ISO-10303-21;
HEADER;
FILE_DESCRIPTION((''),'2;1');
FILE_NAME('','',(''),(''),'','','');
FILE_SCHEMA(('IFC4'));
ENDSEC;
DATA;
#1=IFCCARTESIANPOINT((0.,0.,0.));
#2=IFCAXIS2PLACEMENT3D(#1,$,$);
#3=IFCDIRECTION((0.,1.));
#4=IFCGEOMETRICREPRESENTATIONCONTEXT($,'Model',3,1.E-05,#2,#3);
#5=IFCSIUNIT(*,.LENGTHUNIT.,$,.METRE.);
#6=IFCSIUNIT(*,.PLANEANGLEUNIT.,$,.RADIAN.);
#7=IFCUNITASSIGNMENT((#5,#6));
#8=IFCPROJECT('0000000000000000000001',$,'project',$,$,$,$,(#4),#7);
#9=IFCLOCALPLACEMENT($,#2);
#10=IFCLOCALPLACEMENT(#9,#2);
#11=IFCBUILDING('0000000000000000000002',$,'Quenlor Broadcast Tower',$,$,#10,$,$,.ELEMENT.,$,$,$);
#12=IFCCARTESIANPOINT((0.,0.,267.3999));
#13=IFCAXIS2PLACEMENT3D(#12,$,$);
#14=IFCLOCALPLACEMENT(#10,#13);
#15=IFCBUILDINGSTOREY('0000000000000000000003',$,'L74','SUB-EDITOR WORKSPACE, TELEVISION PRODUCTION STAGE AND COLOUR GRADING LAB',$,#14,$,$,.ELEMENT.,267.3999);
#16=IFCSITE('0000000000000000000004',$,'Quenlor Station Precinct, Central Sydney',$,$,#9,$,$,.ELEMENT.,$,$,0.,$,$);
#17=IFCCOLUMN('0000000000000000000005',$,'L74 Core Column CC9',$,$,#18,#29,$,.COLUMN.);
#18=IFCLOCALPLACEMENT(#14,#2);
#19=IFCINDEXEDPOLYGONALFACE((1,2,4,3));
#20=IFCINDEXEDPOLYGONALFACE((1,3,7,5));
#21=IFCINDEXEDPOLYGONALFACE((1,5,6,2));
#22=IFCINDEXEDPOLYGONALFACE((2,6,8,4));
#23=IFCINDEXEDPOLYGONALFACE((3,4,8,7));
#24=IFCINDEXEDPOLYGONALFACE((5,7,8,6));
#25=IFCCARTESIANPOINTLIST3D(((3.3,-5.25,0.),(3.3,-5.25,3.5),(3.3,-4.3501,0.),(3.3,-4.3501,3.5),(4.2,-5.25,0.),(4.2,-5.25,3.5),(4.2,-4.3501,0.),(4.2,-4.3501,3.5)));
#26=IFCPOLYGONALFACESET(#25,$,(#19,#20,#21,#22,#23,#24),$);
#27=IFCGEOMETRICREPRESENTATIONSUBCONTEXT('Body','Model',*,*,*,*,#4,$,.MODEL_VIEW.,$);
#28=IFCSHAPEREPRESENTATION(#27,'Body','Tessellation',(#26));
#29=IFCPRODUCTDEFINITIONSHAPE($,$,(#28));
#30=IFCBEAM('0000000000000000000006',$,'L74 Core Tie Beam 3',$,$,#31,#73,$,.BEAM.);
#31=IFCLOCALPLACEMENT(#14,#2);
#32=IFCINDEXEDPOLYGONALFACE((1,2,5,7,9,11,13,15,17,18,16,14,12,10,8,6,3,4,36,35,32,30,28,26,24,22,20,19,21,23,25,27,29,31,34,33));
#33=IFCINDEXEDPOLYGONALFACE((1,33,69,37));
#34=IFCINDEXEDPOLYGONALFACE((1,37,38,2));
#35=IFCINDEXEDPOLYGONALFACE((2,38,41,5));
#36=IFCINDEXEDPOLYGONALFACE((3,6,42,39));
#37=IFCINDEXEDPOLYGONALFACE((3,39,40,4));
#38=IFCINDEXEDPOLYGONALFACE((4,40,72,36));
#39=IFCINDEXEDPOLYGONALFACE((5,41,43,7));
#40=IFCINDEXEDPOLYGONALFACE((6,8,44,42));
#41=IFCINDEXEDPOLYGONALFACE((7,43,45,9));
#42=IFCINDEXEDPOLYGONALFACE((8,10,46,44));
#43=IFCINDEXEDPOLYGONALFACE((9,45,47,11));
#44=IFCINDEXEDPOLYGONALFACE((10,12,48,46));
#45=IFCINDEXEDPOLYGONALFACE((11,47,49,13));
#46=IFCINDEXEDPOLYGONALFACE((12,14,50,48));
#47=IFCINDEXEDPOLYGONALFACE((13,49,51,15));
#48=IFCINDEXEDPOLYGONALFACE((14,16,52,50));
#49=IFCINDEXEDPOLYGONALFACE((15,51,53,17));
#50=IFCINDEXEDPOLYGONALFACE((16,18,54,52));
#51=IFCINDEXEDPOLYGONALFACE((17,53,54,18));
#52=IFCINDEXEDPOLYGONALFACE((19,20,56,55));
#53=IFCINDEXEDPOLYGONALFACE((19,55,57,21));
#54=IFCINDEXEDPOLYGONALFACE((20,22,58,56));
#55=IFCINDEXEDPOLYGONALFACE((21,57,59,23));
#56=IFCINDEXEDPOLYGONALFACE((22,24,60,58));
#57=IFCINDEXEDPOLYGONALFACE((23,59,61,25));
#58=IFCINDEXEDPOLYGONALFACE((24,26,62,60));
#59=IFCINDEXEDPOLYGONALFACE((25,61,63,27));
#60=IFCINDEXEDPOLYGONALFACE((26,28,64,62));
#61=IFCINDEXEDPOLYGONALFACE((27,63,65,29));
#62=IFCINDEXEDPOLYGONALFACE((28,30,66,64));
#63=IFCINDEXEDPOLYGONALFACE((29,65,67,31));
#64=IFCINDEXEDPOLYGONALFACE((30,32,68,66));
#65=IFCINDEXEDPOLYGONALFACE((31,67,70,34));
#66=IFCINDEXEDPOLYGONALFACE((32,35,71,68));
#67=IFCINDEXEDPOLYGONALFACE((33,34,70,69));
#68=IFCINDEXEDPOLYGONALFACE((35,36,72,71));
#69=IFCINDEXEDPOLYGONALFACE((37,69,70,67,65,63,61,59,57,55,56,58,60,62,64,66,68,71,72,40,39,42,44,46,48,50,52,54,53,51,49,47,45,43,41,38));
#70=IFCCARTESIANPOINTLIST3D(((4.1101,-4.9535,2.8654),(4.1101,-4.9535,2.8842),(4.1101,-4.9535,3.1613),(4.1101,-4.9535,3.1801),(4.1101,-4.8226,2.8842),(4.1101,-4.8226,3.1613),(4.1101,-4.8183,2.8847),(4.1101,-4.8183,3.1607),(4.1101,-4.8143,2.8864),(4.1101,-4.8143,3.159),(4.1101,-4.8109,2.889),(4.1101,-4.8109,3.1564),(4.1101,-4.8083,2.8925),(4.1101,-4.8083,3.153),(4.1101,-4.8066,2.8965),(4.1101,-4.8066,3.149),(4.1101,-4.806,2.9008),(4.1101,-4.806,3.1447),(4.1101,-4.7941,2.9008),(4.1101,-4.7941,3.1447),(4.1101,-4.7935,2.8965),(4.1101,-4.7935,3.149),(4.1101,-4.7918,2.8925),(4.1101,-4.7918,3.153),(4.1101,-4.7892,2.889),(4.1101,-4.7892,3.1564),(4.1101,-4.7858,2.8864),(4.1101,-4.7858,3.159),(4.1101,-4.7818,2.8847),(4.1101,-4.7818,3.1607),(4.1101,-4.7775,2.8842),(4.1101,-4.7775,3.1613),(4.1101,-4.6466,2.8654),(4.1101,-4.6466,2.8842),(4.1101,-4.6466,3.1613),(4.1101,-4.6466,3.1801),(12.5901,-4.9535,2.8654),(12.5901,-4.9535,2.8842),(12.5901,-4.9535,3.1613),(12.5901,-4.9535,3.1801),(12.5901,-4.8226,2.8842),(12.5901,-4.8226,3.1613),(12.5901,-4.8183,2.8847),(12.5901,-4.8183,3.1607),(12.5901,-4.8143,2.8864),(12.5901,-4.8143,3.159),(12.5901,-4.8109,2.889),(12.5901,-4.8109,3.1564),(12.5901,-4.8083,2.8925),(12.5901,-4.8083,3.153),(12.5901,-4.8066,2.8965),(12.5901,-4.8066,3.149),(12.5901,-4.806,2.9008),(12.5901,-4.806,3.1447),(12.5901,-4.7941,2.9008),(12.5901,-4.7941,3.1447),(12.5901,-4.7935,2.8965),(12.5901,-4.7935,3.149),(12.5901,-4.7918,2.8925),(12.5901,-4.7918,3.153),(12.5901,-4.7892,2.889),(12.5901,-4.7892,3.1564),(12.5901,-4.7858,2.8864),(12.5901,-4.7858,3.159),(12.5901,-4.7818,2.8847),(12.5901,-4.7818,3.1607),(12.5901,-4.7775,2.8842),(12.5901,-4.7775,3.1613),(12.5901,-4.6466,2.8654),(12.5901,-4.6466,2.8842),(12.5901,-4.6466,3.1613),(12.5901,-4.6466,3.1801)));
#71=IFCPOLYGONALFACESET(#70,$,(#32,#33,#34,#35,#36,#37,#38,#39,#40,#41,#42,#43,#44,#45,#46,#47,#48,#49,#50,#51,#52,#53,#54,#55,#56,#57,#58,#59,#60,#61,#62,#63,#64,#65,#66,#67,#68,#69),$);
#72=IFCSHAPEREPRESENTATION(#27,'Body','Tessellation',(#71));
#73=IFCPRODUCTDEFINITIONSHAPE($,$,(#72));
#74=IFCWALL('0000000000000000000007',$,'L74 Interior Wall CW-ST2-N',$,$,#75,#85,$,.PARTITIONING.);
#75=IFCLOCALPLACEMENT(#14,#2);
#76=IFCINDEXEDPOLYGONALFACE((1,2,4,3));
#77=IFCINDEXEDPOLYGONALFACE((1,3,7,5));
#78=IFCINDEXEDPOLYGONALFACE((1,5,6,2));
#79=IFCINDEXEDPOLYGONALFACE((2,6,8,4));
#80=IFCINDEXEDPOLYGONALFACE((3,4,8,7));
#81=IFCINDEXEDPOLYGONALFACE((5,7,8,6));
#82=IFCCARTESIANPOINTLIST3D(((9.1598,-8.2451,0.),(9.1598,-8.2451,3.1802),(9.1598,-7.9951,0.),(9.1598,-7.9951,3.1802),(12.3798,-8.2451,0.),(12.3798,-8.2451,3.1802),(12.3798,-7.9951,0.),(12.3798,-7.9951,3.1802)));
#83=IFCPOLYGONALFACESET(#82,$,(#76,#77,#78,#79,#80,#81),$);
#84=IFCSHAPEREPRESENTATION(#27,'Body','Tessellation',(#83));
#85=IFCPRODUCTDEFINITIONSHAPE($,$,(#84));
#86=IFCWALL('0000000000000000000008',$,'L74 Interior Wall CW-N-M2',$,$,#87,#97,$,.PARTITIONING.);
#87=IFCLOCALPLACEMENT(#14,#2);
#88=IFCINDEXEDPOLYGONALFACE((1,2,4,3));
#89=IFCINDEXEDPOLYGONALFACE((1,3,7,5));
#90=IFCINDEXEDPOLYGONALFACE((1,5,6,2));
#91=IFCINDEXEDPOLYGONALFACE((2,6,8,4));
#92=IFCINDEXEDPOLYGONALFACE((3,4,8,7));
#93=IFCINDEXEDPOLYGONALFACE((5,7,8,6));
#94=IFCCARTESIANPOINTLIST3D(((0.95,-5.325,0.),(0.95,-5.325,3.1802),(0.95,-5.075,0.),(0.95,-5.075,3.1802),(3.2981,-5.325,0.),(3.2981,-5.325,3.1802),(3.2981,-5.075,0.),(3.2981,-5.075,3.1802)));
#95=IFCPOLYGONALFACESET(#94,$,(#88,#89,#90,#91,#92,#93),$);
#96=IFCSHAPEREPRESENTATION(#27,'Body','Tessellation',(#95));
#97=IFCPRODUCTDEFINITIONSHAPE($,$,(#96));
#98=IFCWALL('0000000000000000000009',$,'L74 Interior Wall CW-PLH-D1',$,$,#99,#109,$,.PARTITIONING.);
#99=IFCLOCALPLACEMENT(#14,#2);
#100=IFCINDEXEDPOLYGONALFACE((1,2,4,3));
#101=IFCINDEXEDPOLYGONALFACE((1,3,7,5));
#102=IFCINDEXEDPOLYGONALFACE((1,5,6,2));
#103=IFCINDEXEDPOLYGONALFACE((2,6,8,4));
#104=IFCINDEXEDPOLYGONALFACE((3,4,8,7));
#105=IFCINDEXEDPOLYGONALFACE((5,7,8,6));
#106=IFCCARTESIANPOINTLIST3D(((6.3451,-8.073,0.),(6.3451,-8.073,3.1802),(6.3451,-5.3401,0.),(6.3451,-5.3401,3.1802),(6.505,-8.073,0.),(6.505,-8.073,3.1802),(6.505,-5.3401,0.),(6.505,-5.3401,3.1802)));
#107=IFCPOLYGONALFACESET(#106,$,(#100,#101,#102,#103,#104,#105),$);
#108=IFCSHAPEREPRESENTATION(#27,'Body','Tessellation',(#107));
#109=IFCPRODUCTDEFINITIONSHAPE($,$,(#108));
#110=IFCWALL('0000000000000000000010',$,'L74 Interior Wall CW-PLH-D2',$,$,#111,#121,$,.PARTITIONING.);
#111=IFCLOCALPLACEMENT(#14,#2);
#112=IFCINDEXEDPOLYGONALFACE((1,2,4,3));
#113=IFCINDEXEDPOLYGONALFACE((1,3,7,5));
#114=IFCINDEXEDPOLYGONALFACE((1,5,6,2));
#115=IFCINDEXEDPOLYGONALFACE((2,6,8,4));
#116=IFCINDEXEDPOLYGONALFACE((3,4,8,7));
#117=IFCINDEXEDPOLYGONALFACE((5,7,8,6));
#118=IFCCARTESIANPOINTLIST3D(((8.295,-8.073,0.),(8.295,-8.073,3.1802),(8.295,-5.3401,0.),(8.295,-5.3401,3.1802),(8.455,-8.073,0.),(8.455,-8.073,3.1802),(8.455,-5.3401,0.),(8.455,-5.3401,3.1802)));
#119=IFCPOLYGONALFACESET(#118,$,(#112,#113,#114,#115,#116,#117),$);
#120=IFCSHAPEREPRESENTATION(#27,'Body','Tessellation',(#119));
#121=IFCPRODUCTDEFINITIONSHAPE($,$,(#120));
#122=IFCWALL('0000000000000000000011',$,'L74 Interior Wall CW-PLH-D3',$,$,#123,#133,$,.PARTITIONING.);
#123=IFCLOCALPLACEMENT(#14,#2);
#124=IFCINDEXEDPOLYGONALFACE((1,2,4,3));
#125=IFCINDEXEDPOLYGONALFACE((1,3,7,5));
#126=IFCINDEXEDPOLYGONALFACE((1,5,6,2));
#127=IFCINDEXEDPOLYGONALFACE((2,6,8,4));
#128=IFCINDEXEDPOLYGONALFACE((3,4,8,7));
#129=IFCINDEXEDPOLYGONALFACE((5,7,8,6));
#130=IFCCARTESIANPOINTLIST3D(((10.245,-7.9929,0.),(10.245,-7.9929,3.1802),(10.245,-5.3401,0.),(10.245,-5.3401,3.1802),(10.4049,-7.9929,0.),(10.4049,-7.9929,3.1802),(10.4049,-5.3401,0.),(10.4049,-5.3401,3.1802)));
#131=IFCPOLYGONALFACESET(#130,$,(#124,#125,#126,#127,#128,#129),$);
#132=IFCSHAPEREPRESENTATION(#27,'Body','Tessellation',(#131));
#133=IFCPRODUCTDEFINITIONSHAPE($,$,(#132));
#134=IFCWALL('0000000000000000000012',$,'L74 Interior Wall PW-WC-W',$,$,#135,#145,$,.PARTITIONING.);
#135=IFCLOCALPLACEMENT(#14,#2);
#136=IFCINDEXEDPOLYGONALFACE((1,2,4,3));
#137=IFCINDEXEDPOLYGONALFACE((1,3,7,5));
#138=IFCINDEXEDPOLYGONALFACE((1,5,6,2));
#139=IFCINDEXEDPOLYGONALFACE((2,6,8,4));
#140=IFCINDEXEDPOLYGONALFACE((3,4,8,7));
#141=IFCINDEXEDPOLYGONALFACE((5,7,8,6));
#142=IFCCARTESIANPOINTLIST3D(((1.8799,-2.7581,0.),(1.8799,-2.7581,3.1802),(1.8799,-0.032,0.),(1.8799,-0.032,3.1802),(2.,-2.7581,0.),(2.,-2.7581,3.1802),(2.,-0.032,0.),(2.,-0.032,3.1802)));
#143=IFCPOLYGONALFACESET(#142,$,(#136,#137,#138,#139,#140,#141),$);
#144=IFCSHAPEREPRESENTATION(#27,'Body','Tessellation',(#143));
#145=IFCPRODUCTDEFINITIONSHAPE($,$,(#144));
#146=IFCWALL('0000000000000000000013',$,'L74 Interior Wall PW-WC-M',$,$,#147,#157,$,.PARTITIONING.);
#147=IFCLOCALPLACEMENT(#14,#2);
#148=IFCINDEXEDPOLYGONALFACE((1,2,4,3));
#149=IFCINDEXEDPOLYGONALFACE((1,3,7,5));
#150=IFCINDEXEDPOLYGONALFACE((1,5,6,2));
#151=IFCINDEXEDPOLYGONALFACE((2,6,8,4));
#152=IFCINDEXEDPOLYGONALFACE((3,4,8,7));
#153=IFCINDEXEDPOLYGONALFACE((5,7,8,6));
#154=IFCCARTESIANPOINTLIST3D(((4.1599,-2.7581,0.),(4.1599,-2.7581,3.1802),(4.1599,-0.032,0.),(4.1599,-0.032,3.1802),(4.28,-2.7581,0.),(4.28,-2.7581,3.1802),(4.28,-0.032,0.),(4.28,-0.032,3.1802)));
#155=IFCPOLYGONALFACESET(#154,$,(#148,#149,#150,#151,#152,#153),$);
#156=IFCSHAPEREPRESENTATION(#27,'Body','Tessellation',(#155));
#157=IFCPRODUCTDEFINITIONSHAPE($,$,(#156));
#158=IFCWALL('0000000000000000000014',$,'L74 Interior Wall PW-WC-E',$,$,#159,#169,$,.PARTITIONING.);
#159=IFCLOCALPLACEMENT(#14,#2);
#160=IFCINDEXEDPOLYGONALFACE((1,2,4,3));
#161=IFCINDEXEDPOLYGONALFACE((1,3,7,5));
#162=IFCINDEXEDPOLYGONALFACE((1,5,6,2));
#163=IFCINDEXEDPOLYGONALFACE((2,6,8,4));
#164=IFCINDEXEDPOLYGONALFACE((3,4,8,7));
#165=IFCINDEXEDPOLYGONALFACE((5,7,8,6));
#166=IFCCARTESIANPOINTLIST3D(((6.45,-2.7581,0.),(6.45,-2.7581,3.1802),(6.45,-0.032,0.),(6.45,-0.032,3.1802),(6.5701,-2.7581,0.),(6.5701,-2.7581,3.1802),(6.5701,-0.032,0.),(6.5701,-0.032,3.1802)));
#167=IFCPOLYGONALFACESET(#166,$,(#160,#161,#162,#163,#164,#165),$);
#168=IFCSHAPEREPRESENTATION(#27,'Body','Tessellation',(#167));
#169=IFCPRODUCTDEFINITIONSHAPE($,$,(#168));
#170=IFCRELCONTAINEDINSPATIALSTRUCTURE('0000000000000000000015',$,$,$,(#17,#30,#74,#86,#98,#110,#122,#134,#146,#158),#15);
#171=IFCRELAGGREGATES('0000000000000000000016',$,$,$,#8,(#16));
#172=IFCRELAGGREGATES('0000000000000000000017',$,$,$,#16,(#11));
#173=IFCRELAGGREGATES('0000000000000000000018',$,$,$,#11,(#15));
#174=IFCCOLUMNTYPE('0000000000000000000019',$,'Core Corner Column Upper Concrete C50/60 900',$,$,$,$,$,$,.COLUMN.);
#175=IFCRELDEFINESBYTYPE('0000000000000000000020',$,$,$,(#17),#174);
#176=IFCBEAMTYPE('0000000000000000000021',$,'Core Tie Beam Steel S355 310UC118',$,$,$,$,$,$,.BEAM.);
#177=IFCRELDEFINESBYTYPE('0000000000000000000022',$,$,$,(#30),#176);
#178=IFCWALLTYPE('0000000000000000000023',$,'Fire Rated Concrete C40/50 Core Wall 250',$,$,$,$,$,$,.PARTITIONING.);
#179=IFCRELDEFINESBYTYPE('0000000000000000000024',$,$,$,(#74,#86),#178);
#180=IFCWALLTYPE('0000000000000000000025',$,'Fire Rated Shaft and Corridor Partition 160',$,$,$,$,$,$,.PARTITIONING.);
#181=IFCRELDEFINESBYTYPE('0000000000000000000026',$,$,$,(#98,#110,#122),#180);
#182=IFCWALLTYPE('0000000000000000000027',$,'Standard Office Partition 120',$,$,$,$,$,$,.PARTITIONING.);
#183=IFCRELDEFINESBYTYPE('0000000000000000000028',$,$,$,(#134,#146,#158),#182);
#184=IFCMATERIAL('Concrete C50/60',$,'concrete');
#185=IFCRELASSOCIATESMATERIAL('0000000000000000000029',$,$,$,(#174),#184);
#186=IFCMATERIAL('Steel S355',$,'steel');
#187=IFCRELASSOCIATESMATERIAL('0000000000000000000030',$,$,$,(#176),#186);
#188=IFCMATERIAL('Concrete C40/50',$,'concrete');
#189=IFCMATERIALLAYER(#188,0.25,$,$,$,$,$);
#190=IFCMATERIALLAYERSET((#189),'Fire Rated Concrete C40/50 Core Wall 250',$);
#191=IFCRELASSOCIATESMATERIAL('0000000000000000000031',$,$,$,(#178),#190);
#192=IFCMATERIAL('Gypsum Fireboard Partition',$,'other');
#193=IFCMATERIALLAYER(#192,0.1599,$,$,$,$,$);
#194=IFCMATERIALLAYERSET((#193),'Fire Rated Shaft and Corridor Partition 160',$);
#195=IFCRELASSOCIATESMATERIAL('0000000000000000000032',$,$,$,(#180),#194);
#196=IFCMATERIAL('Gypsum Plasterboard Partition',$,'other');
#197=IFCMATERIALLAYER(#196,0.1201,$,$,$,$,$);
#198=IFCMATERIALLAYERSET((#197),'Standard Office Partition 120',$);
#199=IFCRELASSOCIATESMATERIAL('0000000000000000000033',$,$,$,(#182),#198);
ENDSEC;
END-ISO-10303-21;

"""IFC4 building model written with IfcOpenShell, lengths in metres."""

from ifc_helpers import new_model, si_unit, direction, frame, frame_2d, origin, origin_2d, place, context, subcontext, project, spatial, rectangle, i_section, extrude, material, layer, layer_set, material_profile, profile_set, type_object, element, save


model = new_model("IFC4")

# Units and contexts
model_context = context("Model", 3, precision=1e-05, world=origin(), true_north=direction((0.0, 1.0)))
body_context = subcontext(model_context, "Body", "Model", "MODEL_VIEW")
ifc_project = project(units=[si_unit("LENGTHUNIT", "METRE"), si_unit("PLANEANGLEUNIT", "RADIAN")], contexts=[model_context])

# Site, building, storey
site_placement = place(None, origin())
site = spatial("IfcSite", under=ifc_project, at=site_placement, Name="Quenlor Station Precinct, Central Sydney", CompositionType="ELEMENT", RefElevation=0.0)
building_placement = place(site_placement, origin())
building = spatial("IfcBuilding", under=site, at=building_placement, Name="Quenlor Broadcast Tower", CompositionType="ELEMENT")
storey_placement = place(building_placement, frame((0.0, 0.0, 267.3999)))
storey = spatial("IfcBuildingStorey", under=building, at=storey_placement, Name="L74", Description="SUB-EDITOR WORKSPACE, TELEVISION PRODUCTION STAGE AND COLOUR GRADING LAB", CompositionType="ELEMENT", Elevation=267.3999)

# Column
ifc_material_1 = material(Name="Concrete C50/60", Category="concrete")
ifc_material_profile_1 = material_profile(ifc_material_1, rectangle(XDim=0.8999, YDim=0.8999, at=origin_2d()))
ifc_profile_set_1 = profile_set([ifc_material_profile_1], Name="Concrete C50/60 RC900x900")
column_type = type_object("IfcColumnType", Name="Core Corner Column Upper Concrete C50/60 900", PredefinedType="COLUMN", material=ifc_profile_set_1)
column_placement = place(storey_placement, frame((3.75, -4.8, 0.0), z_axis=(0.0, 0.0, 1.0), x_axis=(1.0, 0.0, 0.0)))
element("IfcColumn", 1, at=column_placement, inside=storey, type_object=column_type, Name="L74 Core Column CC9", PredefinedType="COLUMN", context=body_context, shape_type="SweptSolid", body=[
    extrude(rectangle(XDim=0.8999, YDim=0.8999, at=origin_2d()), origin(), (0.0, 0.0, 1.0), 3.5),
])

# Beam
ifc_material_2 = material(Name="Steel S355", Category="steel")
ifc_material_profile_2 = material_profile(ifc_material_2, i_section(OverallWidth=0.3069, OverallDepth=0.3147, WebThickness=0.012, FlangeThickness=0.0188, FilletRadius=0.0166, at=origin_2d()))
ifc_profile_set_2 = profile_set([ifc_material_profile_2], Name="Steel S355 310UC118")
beam_type = type_object("IfcBeamType", Name="Core Tie Beam Steel S355 310UC118", PredefinedType="BEAM", material=ifc_profile_set_2)
beam_placement = place(storey_placement, frame((4.1101, -4.8, 3.0227), z_axis=(1.0, 0.0, 0.0), x_axis=(0.0, 1.0, 0.0)))
element("IfcBeam", 2, at=beam_placement, inside=storey, type_object=beam_type, Name="L74 Core Tie Beam 3", PredefinedType="BEAM", context=body_context, shape_type="SweptSolid", body=[
    extrude(i_section(OverallWidth=0.3069, OverallDepth=0.3147, WebThickness=0.012, FlangeThickness=0.0188, FilletRadius=0.0166, at=origin_2d()), origin(), (0.0, 0.0, 1.0), 8.48),
])

# Wall
ifc_material_3 = material(Name="Concrete C40/50", Category="concrete")
ifc_layer_1 = layer(ifc_material_3, 0.25)
ifc_layer_set_1 = layer_set([ifc_layer_1], Name="Fire Rated Concrete C40/50 Core Wall 250")
wall_type_1 = type_object("IfcWallType", Name="Fire Rated Concrete C40/50 Core Wall 250", PredefinedType="PARTITIONING", material=ifc_layer_set_1)
wall_1_placement = place(storey_placement, frame((9.1599, -8.1201, 0.0), z_axis=(0.0, 0.0, 1.0), x_axis=(1.0, 0.0, 0.0)))
element("IfcWall", 3, at=wall_1_placement, inside=storey, type_object=wall_type_1, Name="L74 Interior Wall CW-ST2-N", PredefinedType="PARTITIONING", context=body_context, shape_type="SweptSolid", body=[
    extrude(rectangle(XDim=3.22, YDim=0.25, at=frame_2d((1.6099, 0.0))), origin(), (0.0, 0.0, 1.0), 3.1802),
])

# Walls
wall_2_placement = place(storey_placement, frame((0.95, -5.2, 0.0), z_axis=(0.0, 0.0, 1.0), x_axis=(1.0, 0.0, 0.0)))
element("IfcWall", 4, at=wall_2_placement, inside=storey, type_object=wall_type_1, Name="L74 Interior Wall CW-N-M2", PredefinedType="PARTITIONING", context=body_context, shape_type="SweptSolid", body=[
    extrude(rectangle(XDim=2.3481, YDim=0.25, at=frame_2d((1.1741, 0.0))), origin(), (0.0, 0.0, 1.0), 3.1802),
])
ifc_material_4 = material(Name="Gypsum Fireboard Partition", Category="other")
ifc_layer_2 = layer(ifc_material_4, 0.1599)
ifc_layer_set_2 = layer_set([ifc_layer_2], Name="Fire Rated Shaft and Corridor Partition 160")
wall_type_2 = type_object("IfcWallType", Name="Fire Rated Shaft and Corridor Partition 160", PredefinedType="PARTITIONING", material=ifc_layer_set_2)
for number, where, z_axis, x_axis, name in (
    (5, (6.425, -8.073, 0.0), (0.0, 0.0, 1.0), (0.0, 1.0, 0.0), "L74 Interior Wall CW-PLH-D1"),
    (6, (8.375, -8.073, 0.0), (0.0, 0.0, 1.0), (0.0, 1.0, 0.0), "L74 Interior Wall CW-PLH-D2"),
):
    element("IfcWall", number, at=place(storey_placement, frame(where, z_axis=z_axis, x_axis=x_axis)), inside=storey, type_object=wall_type_2, Name=name, PredefinedType="PARTITIONING", context=body_context, shape_type="SweptSolid", body=[
        extrude(rectangle(XDim=2.7329, YDim=0.1599, at=frame_2d((1.3665, 0.0))), origin(), (0.0, 0.0, 1.0), 3.1802),
    ])
wall_3_placement = place(storey_placement, frame((10.325, -7.9929, 0.0), z_axis=(0.0, 0.0, 1.0), x_axis=(0.0, 1.0, 0.0)))
element("IfcWall", 7, at=wall_3_placement, inside=storey, type_object=wall_type_2, Name="L74 Interior Wall CW-PLH-D3", PredefinedType="PARTITIONING", context=body_context, shape_type="SweptSolid", body=[
    extrude(rectangle(XDim=2.6528, YDim=0.1599, at=frame_2d((1.3264, 0.0))), origin(), (0.0, 0.0, 1.0), 3.1802),
])

# Shared definitions
ifc_material_5 = material(Name="Gypsum Plasterboard Partition", Category="other")
ifc_layer_3 = layer(ifc_material_5, 0.1201)
ifc_layer_set_3 = layer_set([ifc_layer_3], Name="Standard Office Partition 120")
wall_type_3 = type_object("IfcWallType", Name="Standard Office Partition 120", PredefinedType="PARTITIONING", material=ifc_layer_set_3)

# Walls
for number, where, z_axis, x_axis, name in (
    (8, (1.9399, -2.7581, 0.0), (0.0, 0.0, 1.0), (0.0, 1.0, 0.0), "L74 Interior Wall PW-WC-W"),
    (9, (4.22, -2.7581, 0.0), (0.0, 0.0, 1.0), (0.0, 1.0, 0.0), "L74 Interior Wall PW-WC-M"),
    (10, (6.51, -2.7581, 0.0), (0.0, 0.0, 1.0), (0.0, 1.0, 0.0), "L74 Interior Wall PW-WC-E"),
):
    element("IfcWall", number, at=place(storey_placement, frame(where, z_axis=z_axis, x_axis=x_axis)), inside=storey, type_object=wall_type_3, Name=name, PredefinedType="PARTITIONING", context=body_context, shape_type="SweptSolid", body=[
        extrude(rectangle(XDim=2.7261, YDim=0.1201, at=frame_2d((1.363, 0.0))), origin(), (0.0, 0.0, 1.0), 3.1802),
    ])

save(model, "model.ifc")
